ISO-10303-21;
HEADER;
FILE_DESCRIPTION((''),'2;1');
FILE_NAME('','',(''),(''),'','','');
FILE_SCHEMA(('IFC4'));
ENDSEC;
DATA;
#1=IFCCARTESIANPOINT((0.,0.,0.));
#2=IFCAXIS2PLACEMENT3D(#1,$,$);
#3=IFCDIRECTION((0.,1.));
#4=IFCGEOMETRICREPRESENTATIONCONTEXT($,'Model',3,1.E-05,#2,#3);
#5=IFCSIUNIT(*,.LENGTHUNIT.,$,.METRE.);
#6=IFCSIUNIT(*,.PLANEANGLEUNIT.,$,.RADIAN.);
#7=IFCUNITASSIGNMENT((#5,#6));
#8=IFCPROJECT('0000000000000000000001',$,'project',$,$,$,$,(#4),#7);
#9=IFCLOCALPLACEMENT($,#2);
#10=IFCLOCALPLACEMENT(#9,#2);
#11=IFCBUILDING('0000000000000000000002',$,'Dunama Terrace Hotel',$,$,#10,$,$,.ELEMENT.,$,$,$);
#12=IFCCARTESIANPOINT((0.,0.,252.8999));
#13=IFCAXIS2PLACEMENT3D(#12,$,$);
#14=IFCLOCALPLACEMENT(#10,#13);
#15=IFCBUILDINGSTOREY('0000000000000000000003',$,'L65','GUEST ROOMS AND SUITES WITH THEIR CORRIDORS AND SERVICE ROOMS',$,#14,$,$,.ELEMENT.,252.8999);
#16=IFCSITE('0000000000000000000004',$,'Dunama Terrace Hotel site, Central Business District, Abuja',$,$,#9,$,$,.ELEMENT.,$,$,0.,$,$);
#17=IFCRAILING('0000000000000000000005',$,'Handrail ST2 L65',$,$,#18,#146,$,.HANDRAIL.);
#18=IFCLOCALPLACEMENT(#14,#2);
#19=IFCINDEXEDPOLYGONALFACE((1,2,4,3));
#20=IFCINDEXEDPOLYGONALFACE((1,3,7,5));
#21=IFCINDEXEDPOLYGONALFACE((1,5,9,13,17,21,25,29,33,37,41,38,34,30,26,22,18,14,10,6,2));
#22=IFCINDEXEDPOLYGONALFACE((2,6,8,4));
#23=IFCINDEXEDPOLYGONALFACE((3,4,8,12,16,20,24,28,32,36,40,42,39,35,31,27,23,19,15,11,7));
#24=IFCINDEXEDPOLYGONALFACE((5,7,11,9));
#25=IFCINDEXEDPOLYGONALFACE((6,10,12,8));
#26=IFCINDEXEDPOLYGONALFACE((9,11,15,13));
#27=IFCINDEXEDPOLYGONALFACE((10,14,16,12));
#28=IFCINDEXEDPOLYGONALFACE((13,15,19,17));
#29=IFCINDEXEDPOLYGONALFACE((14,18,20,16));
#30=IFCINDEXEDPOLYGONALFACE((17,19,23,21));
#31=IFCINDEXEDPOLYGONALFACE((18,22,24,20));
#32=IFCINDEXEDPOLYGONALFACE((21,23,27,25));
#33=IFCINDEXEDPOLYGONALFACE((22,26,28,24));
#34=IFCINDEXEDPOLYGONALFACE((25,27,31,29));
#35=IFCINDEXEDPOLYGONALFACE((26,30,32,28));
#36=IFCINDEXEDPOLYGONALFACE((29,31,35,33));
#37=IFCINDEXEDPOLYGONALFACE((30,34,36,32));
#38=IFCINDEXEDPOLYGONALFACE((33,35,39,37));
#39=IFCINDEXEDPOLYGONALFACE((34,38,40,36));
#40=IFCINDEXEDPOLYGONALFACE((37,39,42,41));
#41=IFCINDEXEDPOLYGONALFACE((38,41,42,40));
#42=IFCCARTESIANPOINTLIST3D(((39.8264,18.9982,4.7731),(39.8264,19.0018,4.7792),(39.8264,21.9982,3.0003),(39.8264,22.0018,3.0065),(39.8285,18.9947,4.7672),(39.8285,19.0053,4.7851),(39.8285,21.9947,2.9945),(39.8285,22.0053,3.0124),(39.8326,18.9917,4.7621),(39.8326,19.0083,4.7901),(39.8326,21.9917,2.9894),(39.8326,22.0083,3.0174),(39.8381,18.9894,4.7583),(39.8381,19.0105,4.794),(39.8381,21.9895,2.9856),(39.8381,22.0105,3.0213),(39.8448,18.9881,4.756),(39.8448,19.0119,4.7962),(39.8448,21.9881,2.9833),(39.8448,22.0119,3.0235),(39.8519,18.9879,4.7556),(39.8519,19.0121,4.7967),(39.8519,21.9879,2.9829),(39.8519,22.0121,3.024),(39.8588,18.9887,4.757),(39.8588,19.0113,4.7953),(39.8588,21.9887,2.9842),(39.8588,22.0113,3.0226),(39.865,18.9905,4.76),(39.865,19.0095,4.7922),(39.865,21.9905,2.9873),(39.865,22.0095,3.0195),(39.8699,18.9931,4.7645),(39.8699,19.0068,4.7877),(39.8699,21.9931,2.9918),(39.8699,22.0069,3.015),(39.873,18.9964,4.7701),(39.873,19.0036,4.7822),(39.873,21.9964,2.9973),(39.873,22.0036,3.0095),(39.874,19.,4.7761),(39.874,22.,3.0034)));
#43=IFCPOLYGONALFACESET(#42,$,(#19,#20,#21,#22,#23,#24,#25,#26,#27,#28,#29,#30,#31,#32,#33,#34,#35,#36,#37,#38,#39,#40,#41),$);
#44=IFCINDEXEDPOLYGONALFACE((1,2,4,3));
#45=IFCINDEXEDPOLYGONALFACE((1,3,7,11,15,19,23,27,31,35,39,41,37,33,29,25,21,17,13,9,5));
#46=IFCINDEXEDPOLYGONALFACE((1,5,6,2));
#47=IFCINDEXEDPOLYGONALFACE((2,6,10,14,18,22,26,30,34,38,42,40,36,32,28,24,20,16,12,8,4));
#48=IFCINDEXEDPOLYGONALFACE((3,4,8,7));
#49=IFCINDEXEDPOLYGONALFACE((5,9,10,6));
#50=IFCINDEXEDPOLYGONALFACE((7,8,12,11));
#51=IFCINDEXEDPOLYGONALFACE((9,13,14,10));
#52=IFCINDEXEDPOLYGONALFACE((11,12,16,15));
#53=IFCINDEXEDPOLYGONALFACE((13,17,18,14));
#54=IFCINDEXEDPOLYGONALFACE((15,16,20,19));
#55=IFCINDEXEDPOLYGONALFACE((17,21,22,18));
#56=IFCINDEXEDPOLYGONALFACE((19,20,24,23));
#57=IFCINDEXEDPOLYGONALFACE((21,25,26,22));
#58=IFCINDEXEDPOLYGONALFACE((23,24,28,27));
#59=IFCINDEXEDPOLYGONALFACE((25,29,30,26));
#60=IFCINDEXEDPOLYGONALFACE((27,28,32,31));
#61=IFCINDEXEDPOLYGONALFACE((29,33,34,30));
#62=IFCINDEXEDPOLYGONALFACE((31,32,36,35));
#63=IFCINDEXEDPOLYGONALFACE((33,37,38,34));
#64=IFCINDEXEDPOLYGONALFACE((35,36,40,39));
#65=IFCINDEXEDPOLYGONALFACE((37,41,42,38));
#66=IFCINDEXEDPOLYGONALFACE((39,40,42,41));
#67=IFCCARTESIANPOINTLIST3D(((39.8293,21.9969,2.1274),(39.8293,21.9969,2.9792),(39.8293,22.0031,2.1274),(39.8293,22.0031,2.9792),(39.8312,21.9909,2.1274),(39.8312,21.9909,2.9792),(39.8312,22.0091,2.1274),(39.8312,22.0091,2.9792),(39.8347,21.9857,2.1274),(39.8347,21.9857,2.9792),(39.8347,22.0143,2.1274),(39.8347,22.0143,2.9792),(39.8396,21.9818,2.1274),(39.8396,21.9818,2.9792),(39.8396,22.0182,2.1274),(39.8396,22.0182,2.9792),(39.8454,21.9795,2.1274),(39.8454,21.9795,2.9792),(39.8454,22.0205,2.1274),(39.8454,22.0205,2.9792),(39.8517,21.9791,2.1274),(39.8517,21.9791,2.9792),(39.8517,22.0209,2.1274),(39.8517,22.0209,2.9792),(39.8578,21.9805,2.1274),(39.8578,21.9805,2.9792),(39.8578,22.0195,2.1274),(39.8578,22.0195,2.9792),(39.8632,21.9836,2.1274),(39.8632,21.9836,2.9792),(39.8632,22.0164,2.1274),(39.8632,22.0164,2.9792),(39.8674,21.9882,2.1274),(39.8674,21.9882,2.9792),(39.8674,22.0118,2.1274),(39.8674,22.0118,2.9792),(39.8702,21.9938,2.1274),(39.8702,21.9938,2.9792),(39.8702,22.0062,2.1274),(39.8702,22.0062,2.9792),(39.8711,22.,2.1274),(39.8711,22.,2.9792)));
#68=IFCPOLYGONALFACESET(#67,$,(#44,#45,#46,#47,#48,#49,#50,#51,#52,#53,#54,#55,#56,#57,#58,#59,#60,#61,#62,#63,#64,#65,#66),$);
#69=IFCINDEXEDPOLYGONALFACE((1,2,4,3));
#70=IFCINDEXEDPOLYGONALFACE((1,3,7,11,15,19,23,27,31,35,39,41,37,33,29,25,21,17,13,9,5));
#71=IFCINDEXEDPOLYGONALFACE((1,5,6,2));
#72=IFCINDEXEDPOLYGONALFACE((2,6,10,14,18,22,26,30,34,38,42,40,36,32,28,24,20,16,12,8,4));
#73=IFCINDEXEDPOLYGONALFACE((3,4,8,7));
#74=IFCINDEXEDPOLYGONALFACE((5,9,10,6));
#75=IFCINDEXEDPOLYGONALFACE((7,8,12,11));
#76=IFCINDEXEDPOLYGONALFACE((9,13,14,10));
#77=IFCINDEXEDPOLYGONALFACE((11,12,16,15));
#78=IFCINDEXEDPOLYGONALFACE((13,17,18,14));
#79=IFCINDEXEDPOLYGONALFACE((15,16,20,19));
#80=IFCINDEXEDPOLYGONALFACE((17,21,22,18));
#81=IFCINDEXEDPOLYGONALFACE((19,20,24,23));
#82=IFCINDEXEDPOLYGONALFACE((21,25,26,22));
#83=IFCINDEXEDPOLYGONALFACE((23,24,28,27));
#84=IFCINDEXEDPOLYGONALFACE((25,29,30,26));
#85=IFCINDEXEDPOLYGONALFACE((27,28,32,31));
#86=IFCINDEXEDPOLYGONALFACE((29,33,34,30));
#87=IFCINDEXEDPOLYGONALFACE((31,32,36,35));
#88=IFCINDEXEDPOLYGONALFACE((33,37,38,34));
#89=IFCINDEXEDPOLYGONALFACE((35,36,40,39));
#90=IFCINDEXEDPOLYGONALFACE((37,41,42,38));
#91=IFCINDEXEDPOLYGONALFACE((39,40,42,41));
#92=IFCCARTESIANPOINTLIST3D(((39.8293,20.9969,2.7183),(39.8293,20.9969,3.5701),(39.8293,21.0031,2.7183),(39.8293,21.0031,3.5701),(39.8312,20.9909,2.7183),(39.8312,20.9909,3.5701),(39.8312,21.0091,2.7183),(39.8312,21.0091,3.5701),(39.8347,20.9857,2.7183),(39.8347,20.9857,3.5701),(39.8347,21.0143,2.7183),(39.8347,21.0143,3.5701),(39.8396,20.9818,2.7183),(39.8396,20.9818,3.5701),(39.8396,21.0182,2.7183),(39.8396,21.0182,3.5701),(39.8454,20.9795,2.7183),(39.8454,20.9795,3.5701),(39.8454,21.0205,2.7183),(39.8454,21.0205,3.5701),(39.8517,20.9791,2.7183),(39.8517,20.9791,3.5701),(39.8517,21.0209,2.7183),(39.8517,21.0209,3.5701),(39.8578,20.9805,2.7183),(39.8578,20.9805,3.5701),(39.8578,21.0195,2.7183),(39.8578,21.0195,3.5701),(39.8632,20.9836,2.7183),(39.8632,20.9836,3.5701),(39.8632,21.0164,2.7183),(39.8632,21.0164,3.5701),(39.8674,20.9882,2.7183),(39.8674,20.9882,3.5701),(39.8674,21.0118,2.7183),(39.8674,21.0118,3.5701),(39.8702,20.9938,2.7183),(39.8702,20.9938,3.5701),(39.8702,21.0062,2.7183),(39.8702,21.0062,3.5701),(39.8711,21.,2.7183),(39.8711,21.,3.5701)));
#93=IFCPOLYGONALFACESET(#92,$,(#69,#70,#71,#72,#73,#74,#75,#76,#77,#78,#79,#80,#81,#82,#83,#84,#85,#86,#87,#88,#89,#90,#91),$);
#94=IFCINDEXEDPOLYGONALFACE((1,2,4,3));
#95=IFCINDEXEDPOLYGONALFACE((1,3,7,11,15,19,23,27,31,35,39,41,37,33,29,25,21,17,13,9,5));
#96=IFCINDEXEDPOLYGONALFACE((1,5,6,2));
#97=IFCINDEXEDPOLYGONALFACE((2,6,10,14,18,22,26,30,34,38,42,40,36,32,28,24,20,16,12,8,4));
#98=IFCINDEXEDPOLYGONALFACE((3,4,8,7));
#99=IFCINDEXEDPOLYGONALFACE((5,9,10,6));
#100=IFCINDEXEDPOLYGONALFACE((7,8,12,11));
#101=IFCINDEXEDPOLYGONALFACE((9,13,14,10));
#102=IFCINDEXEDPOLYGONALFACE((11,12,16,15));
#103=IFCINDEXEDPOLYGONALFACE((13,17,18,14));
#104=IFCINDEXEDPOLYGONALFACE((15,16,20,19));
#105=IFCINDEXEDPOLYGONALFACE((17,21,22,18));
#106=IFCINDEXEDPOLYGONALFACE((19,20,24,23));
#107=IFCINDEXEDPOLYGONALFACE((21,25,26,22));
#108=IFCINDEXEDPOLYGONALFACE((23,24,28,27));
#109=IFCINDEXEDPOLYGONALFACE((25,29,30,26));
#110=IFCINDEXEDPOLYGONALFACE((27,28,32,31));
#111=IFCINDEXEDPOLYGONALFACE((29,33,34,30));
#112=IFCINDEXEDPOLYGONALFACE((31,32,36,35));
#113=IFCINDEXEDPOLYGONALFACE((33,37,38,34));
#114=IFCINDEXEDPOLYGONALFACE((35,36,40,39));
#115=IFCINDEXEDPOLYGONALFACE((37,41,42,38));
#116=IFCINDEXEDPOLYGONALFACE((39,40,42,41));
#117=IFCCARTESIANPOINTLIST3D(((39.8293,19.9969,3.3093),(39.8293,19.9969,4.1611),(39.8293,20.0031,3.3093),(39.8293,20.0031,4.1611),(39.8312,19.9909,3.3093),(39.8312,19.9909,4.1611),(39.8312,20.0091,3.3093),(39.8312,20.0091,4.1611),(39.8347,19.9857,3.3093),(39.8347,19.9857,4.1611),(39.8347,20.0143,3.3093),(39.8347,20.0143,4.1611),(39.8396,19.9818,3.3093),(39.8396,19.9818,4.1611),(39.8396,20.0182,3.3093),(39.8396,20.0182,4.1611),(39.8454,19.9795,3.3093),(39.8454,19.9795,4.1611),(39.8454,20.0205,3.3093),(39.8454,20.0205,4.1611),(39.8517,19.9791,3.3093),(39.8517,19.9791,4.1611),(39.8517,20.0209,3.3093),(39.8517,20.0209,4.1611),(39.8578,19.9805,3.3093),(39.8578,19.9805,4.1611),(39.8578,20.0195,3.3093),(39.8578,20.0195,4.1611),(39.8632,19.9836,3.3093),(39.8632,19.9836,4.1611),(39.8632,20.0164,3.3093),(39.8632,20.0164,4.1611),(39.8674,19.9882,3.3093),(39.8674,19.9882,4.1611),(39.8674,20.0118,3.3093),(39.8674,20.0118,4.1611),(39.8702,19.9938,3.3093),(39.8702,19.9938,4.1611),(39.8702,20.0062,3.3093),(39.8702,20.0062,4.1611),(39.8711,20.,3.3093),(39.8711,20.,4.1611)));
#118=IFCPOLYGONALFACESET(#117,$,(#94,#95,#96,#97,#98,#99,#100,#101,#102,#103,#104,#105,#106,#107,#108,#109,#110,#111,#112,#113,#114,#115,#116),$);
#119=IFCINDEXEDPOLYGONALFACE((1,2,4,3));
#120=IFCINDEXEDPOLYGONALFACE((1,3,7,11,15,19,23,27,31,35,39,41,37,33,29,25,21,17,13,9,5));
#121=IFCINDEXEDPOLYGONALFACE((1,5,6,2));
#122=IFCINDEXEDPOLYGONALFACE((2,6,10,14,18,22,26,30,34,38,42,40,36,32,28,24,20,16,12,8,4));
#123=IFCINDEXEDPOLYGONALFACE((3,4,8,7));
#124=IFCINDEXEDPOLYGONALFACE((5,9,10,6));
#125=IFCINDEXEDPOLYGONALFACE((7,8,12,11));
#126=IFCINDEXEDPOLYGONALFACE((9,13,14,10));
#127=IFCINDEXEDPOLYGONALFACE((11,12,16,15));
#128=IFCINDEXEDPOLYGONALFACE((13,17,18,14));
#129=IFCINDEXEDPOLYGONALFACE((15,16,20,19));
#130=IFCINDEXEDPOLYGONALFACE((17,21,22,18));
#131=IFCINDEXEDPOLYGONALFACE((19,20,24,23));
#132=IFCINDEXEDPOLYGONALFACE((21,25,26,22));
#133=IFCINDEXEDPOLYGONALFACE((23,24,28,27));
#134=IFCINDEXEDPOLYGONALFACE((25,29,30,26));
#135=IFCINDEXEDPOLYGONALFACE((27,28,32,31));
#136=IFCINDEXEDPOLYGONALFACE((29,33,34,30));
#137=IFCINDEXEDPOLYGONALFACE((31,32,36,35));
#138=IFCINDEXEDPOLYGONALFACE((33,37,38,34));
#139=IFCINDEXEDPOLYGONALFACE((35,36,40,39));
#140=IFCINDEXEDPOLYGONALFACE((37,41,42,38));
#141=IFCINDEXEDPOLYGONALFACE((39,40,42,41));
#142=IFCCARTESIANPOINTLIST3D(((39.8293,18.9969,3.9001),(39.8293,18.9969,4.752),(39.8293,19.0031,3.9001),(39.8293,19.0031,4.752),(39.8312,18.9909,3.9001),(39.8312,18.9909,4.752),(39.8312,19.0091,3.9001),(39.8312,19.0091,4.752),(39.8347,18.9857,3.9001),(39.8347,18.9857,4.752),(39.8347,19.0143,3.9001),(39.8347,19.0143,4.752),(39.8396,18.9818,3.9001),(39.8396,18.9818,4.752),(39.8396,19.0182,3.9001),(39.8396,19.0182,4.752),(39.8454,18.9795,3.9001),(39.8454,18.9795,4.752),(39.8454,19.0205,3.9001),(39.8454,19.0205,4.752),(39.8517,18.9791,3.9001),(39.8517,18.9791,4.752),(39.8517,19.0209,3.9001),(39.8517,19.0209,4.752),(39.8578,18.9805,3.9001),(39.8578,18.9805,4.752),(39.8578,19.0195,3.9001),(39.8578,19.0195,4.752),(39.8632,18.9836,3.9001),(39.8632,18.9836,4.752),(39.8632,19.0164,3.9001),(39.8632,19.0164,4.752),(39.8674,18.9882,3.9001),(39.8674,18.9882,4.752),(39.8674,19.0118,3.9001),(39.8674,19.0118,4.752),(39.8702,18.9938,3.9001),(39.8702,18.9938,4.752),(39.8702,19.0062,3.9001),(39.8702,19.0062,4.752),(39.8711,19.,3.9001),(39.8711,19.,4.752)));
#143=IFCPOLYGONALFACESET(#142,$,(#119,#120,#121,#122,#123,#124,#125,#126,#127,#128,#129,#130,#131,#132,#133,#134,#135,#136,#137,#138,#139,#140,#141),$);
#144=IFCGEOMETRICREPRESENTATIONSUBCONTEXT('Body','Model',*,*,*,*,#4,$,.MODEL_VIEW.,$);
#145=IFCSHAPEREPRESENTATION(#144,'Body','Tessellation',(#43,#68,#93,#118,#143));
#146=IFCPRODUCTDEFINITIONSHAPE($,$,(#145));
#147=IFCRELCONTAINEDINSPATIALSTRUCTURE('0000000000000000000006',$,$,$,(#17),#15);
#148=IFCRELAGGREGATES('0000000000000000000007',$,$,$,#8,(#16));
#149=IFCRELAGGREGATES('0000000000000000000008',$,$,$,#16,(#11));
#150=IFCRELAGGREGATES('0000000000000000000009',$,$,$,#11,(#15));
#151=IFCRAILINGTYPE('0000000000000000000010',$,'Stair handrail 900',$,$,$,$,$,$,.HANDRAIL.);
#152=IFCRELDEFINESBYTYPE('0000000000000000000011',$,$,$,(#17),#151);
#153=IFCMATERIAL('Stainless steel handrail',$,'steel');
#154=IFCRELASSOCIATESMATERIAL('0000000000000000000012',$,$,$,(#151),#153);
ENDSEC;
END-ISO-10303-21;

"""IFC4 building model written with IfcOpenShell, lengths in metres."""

from ifc_helpers import new_model, si_unit, direction, frame, origin, origin_2d, place, context, subcontext, project, spatial, circle, extrude, material, type_object, element, save


model = new_model("IFC4")

# Units and contexts
model_context = context("Model", 3, precision=1e-05, world=origin(), true_north=direction((0.0, 1.0)))
body_context = subcontext(model_context, "Body", "Model", "MODEL_VIEW")
ifc_project = project(units=[si_unit("LENGTHUNIT", "METRE"), si_unit("PLANEANGLEUNIT", "RADIAN")], contexts=[model_context])

# Site, building, storey
site_placement = place(None, origin())
site = spatial("IfcSite", under=ifc_project, at=site_placement, Name="Dunama Terrace Hotel site, Central Business District, Abuja", CompositionType="ELEMENT", RefElevation=0.0)
building_placement = place(site_placement, origin())
building = spatial("IfcBuilding", under=site, at=building_placement, Name="Dunama Terrace Hotel", CompositionType="ELEMENT")
storey_placement = place(building_placement, frame((0.0, 0.0, 252.8999)))
storey = spatial("IfcBuildingStorey", under=building, at=storey_placement, Name="L65", Description="GUEST ROOMS AND SUITES WITH THEIR CORRIDORS AND SERVICE ROOMS", CompositionType="ELEMENT", Elevation=252.8999)

# Railing
ifc_material_1 = material(Name="Stainless steel handrail", Category="steel")
railing_type_1 = type_object("IfcRailingType", Name="Stair handrail 900", PredefinedType="HANDRAIL", material=ifc_material_1)
railing_1_placement = place(storey_placement, frame((39.8501, 22.0, 2.1274)))
element("IfcRailing", 1, at=railing_1_placement, inside=storey, type_object=railing_type_1, Name="Handrail ST2 L65", PredefinedType="HANDRAIL", context=body_context, shape_type="SweptSolid", body=[
    extrude(circle(Radius=0.0239, at=origin_2d()), frame((0.0, 0.0, 0.876), z_axis=(0.0, -0.860929, 0.508725), x_axis=(1.0, 0.0, 0.0)), (0.0, 0.0, 1.0), 3.4846),
    extrude(circle(Radius=0.021, at=origin_2d()), origin(), (0.0, 0.0, 1.0), 0.8518),
    extrude(circle(Radius=0.021, at=origin_2d()), frame((0.0, -1.0, 0.5908)), (0.0, 0.0, 1.0), 0.8518),
    extrude(circle(Radius=0.021, at=origin_2d()), frame((0.0, -2.0, 1.1819)), (0.0, 0.0, 1.0), 0.8518),
    extrude(circle(Radius=0.021, at=origin_2d()), frame((0.0, -3.0, 1.7727)), (0.0, 0.0, 1.0), 0.8518),
])

save(model, "model.ifc")
